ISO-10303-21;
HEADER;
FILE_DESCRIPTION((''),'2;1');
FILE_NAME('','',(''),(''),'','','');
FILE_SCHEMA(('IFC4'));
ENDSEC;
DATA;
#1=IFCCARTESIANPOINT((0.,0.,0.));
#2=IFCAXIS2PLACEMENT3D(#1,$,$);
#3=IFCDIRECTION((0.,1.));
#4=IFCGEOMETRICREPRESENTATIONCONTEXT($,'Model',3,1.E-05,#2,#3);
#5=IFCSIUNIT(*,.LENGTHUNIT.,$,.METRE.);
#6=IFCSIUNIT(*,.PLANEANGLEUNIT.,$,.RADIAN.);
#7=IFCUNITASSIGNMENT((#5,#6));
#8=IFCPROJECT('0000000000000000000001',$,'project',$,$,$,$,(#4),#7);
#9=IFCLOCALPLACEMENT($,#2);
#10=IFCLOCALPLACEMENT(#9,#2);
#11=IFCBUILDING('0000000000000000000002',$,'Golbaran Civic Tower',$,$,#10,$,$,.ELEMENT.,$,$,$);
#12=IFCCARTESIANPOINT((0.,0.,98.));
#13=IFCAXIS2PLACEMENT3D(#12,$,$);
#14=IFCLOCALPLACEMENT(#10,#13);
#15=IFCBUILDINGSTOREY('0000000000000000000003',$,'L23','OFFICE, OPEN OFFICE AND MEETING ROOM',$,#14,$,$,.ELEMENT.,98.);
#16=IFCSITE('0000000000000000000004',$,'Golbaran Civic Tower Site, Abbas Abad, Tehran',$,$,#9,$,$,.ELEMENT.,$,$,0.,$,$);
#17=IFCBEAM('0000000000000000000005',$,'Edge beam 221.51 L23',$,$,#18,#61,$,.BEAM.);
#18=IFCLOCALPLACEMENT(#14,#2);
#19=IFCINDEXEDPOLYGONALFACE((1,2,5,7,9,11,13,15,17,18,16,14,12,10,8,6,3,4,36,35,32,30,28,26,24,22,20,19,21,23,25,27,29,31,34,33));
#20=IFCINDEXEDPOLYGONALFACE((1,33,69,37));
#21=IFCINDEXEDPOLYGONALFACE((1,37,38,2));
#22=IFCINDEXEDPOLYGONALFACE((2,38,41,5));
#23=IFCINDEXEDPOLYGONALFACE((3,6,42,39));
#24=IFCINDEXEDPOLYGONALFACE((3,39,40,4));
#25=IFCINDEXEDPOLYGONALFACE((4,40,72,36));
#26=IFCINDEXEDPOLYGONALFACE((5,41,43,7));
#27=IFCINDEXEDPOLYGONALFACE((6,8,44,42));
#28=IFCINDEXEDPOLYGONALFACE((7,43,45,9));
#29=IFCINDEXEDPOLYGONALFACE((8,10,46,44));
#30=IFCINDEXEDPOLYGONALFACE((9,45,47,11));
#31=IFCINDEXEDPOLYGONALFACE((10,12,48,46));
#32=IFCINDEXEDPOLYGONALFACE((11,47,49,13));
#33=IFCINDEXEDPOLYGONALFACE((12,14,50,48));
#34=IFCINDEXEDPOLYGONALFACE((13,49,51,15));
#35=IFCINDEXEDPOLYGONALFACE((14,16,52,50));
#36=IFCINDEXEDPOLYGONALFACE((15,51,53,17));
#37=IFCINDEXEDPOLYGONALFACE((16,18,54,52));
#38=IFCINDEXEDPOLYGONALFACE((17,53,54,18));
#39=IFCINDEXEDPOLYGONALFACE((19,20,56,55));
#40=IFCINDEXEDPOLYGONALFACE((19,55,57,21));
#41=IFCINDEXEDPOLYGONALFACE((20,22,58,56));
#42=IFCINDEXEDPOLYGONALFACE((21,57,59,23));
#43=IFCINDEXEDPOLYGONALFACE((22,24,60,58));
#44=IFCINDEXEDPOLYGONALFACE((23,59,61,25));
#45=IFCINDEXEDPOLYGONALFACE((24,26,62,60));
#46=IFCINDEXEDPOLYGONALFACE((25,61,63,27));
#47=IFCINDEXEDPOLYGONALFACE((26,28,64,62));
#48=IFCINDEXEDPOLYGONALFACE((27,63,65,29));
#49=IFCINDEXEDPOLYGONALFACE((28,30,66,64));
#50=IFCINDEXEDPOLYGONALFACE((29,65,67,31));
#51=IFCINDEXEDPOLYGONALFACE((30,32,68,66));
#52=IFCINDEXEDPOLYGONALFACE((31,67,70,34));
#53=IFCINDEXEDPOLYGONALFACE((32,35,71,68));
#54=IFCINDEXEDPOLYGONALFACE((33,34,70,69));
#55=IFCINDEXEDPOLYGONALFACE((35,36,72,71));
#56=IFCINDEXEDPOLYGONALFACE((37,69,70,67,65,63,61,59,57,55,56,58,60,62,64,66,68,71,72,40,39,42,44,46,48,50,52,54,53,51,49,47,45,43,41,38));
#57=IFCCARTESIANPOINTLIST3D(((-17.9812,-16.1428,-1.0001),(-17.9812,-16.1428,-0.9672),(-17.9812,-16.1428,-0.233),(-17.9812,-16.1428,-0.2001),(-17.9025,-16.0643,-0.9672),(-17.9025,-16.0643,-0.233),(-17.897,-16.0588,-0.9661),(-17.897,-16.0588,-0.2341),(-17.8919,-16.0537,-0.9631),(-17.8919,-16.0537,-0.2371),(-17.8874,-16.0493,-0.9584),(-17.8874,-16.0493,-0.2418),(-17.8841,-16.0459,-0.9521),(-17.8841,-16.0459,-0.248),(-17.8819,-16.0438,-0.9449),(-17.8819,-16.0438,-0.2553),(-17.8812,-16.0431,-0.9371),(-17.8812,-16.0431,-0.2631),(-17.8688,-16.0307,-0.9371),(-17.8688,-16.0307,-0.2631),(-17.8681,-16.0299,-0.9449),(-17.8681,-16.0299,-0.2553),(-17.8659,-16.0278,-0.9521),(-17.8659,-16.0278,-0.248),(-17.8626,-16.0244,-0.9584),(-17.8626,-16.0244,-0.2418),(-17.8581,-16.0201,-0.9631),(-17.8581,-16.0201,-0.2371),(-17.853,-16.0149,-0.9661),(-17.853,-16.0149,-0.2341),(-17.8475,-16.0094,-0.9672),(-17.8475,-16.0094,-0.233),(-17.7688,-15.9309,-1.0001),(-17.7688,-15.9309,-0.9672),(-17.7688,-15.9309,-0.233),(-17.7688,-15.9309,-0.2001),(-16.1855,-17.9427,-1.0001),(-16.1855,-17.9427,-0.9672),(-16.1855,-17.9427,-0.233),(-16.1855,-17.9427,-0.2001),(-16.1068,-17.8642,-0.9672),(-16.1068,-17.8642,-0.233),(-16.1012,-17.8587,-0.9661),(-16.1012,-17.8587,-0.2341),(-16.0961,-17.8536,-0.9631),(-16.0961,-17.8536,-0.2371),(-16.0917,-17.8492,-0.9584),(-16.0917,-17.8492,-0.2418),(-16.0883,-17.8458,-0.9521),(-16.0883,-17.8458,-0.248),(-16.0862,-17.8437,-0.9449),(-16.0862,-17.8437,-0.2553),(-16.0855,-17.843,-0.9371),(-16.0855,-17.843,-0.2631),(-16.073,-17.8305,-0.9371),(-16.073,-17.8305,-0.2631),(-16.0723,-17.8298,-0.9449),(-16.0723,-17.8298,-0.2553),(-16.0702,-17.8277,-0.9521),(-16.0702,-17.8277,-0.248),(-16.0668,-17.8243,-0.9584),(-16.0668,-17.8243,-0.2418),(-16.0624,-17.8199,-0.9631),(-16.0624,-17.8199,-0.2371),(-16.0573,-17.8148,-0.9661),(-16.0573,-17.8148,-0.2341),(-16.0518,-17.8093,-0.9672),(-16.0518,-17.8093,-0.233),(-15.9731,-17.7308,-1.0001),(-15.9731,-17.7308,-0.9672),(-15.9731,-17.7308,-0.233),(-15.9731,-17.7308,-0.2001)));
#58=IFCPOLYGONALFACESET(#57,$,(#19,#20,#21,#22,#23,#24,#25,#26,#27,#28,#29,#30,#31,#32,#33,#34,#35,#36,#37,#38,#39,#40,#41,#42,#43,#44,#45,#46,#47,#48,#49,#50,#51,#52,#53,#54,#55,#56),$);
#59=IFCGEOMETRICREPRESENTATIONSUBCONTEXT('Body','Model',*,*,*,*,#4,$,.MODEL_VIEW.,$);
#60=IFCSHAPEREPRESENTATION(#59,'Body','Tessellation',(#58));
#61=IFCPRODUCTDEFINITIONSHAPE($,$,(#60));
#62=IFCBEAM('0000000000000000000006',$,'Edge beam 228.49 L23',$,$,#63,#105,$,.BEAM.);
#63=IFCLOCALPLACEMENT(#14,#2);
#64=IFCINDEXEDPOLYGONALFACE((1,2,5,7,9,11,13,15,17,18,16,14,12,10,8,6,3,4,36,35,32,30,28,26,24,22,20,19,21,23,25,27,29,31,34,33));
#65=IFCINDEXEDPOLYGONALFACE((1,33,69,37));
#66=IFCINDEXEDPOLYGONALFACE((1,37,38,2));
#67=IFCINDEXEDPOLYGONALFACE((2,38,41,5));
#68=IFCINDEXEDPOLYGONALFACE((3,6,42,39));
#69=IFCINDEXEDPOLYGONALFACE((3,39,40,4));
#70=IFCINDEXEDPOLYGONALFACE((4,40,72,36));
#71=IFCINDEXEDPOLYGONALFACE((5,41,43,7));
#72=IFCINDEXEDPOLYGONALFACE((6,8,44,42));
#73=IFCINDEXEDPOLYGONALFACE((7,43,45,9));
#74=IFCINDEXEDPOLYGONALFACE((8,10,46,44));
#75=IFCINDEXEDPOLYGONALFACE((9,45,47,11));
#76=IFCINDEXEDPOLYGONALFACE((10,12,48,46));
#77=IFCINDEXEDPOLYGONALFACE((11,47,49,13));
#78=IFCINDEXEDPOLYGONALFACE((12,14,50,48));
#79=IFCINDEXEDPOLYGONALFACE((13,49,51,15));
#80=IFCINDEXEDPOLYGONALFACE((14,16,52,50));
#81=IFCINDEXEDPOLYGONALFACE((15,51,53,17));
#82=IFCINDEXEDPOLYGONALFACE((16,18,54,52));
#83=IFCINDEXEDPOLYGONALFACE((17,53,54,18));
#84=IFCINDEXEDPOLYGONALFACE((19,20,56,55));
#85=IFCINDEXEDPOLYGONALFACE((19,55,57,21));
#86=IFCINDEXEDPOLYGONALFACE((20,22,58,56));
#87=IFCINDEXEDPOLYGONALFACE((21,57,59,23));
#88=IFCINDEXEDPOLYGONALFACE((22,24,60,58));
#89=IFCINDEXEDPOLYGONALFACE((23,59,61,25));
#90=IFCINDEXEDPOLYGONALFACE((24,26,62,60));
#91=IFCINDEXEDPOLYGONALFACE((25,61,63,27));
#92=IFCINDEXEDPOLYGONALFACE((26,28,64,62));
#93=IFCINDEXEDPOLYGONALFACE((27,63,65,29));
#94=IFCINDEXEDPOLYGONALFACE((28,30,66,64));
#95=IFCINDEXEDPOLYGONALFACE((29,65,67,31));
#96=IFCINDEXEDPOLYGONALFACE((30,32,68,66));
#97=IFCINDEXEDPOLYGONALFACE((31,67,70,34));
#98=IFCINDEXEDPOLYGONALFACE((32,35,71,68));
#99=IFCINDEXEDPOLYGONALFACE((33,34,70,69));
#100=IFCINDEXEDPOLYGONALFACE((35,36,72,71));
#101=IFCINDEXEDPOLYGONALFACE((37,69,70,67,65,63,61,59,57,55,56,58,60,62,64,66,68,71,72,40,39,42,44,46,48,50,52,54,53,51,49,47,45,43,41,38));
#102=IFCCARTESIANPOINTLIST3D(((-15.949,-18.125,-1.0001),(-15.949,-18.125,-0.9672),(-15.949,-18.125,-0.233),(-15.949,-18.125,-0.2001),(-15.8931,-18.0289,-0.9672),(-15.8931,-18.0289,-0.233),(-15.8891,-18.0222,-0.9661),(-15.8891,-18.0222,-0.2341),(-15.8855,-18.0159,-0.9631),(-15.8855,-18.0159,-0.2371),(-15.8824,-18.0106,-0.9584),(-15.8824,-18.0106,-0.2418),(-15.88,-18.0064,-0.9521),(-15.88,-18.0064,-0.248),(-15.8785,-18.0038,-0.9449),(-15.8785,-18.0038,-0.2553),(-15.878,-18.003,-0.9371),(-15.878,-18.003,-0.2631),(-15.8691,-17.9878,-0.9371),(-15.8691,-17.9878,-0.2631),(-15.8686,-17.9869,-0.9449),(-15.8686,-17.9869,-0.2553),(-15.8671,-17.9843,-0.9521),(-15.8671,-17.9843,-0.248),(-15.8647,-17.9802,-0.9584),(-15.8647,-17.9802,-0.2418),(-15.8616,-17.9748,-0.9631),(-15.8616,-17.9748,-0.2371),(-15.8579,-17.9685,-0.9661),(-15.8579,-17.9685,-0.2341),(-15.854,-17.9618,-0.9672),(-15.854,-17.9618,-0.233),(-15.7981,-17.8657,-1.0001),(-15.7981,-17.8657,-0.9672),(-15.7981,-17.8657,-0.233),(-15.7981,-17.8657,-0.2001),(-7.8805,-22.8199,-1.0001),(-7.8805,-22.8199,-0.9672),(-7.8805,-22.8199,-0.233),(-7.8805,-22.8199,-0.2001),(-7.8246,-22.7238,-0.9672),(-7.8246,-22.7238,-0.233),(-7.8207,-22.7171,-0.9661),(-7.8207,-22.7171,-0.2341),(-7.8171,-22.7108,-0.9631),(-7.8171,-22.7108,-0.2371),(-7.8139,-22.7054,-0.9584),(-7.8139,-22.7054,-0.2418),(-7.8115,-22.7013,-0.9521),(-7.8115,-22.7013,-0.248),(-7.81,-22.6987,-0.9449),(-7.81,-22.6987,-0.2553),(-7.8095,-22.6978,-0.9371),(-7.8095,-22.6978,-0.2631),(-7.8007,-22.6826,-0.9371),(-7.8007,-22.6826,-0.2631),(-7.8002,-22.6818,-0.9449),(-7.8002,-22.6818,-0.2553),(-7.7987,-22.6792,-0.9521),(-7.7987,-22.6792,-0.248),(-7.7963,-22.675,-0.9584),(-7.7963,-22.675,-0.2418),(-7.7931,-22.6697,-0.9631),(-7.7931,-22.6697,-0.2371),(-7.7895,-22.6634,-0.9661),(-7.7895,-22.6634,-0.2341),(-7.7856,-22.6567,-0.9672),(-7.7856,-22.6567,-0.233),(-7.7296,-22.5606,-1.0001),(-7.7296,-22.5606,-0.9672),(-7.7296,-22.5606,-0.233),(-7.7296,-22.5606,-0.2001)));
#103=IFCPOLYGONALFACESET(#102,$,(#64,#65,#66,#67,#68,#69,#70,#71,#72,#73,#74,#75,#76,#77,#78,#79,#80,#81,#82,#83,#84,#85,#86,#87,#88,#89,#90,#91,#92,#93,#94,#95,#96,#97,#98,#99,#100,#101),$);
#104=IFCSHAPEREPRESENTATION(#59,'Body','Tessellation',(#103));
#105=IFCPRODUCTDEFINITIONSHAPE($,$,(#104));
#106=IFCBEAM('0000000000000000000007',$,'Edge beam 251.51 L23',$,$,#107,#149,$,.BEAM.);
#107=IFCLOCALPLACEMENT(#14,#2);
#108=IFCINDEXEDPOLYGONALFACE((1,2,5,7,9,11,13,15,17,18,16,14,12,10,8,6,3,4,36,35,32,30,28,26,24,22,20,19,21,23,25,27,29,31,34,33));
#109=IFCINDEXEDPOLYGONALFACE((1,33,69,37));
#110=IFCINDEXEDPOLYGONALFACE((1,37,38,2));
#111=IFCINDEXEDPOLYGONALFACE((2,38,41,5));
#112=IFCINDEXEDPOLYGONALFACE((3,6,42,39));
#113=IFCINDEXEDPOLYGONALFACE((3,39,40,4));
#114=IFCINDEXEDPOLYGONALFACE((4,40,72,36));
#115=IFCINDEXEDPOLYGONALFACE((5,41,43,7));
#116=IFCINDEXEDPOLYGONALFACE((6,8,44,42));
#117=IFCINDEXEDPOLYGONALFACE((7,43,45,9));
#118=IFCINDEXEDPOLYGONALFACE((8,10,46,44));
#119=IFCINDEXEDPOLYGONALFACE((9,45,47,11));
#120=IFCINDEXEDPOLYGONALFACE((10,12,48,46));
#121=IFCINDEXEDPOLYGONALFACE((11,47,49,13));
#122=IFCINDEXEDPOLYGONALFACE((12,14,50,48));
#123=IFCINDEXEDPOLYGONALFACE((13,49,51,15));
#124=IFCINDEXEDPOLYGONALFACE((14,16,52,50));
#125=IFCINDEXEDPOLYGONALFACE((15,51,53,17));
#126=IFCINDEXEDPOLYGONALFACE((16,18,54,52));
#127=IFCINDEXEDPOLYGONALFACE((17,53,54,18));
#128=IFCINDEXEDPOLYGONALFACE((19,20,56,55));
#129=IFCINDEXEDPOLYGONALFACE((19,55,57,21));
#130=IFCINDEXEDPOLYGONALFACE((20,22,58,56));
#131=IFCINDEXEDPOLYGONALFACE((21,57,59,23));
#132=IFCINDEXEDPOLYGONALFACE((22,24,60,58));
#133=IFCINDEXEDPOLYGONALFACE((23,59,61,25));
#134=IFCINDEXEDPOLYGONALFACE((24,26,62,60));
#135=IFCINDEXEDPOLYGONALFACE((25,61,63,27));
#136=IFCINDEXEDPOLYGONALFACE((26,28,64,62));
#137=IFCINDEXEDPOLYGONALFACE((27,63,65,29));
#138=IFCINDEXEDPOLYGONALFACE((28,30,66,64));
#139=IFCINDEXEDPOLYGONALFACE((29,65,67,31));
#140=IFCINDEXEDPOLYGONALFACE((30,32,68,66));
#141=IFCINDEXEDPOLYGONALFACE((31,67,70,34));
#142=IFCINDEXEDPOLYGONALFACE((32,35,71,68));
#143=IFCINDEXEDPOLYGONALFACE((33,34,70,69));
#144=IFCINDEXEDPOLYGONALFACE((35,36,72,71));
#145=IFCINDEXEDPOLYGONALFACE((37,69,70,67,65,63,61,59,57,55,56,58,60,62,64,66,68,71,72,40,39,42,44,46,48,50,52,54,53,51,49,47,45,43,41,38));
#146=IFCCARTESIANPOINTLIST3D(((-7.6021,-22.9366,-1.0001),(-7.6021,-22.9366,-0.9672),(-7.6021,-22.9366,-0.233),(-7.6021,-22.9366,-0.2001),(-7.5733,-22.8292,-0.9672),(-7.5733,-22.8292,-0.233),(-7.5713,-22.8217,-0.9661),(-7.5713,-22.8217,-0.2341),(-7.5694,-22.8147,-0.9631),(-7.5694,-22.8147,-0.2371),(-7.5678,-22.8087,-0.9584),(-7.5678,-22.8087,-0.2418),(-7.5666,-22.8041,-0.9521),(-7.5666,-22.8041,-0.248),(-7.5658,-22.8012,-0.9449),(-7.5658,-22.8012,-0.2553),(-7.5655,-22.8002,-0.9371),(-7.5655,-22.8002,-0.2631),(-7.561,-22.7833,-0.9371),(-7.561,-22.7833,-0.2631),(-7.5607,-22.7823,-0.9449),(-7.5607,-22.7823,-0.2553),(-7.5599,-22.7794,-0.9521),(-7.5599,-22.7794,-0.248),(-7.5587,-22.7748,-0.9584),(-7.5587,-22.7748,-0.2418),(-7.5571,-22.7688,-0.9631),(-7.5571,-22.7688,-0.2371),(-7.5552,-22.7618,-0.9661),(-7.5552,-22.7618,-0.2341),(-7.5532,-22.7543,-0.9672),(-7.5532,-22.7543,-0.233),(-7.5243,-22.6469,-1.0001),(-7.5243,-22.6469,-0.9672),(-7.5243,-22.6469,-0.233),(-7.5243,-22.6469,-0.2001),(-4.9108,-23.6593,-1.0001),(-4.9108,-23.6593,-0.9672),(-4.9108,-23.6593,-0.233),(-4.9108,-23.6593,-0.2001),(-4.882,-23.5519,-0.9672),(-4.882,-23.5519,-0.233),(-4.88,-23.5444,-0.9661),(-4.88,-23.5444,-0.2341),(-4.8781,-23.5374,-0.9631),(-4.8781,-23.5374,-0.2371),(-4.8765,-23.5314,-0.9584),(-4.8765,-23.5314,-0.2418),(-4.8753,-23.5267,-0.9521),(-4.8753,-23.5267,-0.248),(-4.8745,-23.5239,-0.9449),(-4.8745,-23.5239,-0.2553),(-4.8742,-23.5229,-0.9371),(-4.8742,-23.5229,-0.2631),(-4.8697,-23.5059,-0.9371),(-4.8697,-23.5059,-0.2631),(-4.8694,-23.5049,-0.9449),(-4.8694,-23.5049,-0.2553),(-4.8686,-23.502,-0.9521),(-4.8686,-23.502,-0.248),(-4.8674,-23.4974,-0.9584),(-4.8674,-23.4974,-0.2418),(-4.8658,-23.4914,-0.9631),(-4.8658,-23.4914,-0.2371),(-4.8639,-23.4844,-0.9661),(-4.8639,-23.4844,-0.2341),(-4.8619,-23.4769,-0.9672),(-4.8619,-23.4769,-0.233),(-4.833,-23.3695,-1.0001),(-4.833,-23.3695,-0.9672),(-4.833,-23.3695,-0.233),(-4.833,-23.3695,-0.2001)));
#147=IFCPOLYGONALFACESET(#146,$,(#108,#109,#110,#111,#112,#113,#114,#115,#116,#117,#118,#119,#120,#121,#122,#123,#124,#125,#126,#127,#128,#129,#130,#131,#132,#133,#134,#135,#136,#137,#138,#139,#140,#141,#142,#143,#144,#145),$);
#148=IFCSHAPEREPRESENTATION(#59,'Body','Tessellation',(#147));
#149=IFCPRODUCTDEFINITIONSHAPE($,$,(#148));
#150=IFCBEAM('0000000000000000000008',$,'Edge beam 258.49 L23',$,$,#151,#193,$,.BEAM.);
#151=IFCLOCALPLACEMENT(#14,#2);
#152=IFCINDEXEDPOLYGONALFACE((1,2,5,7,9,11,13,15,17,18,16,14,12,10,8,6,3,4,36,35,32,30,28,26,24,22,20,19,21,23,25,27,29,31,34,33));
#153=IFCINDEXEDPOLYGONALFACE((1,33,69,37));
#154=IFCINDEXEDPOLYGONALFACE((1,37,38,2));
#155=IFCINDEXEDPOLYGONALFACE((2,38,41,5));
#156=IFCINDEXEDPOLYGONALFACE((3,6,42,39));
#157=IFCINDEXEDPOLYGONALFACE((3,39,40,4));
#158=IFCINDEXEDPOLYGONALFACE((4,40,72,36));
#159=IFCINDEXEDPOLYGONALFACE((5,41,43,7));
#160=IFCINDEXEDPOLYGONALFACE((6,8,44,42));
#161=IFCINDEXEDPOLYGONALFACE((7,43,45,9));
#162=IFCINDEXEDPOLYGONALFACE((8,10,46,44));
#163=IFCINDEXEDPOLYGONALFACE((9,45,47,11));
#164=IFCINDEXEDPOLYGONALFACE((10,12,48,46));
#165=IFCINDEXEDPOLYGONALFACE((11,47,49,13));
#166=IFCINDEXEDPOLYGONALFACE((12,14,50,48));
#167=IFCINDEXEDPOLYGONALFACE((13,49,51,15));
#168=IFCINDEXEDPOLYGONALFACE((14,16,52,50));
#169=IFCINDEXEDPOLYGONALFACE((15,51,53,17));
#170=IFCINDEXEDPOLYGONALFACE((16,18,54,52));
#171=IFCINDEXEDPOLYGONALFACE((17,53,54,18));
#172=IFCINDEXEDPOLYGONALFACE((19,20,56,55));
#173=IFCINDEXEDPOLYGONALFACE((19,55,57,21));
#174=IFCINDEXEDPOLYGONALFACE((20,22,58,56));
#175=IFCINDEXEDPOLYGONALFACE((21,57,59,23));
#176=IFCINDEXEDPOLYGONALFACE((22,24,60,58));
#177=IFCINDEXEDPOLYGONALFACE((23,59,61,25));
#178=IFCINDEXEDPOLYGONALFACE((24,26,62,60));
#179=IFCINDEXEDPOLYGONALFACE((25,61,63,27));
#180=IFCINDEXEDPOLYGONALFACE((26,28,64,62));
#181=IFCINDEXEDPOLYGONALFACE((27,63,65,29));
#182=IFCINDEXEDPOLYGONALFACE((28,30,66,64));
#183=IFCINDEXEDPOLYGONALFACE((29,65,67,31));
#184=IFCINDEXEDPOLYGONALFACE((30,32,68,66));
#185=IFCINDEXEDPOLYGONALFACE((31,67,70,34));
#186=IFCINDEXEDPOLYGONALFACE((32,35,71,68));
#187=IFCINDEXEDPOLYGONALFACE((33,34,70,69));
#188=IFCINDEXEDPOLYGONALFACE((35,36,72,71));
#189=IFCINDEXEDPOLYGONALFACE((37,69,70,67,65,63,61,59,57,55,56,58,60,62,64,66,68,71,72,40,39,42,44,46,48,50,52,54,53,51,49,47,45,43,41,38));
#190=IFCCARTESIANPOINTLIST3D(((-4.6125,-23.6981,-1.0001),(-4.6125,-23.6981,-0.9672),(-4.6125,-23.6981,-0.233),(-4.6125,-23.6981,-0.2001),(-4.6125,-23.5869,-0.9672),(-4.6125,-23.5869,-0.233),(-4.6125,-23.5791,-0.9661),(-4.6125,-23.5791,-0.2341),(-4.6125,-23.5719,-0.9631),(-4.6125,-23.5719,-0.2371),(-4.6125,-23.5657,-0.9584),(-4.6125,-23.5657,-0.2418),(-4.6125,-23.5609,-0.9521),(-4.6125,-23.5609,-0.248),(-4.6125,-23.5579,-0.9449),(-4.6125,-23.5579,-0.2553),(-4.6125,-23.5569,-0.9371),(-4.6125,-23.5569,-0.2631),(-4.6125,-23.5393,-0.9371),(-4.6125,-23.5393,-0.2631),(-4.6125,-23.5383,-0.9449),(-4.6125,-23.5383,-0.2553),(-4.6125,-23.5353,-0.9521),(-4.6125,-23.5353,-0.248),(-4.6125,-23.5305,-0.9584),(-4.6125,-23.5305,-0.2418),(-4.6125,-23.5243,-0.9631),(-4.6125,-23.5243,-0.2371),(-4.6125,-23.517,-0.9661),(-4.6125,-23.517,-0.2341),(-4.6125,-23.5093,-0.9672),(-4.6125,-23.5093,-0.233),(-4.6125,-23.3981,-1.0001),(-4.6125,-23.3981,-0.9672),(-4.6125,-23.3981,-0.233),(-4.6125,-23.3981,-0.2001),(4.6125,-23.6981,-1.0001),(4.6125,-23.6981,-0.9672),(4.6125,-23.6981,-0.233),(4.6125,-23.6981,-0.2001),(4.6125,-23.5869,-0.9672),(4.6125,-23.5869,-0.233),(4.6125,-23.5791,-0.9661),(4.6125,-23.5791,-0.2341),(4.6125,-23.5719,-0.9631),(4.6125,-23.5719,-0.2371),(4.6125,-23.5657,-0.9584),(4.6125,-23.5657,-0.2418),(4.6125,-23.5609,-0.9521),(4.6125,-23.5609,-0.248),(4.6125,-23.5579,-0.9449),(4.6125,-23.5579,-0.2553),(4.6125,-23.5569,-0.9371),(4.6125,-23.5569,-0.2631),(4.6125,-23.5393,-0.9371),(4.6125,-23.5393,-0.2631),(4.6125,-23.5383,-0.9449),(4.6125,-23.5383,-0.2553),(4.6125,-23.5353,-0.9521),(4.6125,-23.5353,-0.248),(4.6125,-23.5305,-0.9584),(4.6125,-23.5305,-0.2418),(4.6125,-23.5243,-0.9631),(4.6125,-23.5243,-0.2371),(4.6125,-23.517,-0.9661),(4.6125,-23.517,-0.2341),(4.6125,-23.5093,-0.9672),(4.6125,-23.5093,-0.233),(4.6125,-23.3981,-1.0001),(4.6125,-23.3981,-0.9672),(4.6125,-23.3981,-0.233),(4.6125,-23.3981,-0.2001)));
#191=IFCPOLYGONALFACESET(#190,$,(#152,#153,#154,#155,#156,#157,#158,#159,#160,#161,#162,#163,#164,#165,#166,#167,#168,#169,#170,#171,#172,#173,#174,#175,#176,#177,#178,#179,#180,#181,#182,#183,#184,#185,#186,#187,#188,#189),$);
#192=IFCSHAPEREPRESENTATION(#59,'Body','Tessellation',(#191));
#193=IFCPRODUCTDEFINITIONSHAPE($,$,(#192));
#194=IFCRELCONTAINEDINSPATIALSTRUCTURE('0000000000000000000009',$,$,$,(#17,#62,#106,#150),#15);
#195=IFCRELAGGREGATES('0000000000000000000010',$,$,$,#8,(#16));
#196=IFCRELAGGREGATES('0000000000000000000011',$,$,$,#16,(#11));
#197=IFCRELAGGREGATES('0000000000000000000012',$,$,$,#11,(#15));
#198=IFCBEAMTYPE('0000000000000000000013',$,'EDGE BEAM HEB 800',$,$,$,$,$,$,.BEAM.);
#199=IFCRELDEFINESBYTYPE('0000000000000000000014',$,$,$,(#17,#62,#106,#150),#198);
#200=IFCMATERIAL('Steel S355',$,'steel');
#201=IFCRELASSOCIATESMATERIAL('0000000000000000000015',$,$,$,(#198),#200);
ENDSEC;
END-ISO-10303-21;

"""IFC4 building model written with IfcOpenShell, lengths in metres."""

from ifc_helpers import new_model, si_unit, direction, frame, origin, origin_2d, place, context, subcontext, project, spatial, i_section, extrude, material, material_profile, profile_set, type_object, element, save


model = new_model("IFC4")

# Units and contexts
model_context = context("Model", 3, precision=1e-05, world=origin(), true_north=direction((0.0, 1.0)))
body_context = subcontext(model_context, "Body", "Model", "MODEL_VIEW")
ifc_project = project(units=[si_unit("LENGTHUNIT", "METRE"), si_unit("PLANEANGLEUNIT", "RADIAN")], contexts=[model_context])

# Site, building, storey
site_placement = place(None, origin())
site = spatial("IfcSite", under=ifc_project, at=site_placement, Name="Golbaran Civic Tower Site, Abbas Abad, Tehran", CompositionType="ELEMENT", RefElevation=0.0)
building_placement = place(site_placement, origin())
building = spatial("IfcBuilding", under=site, at=building_placement, Name="Golbaran Civic Tower", CompositionType="ELEMENT")
storey_placement = place(building_placement, frame((0.0, 0.0, 98.0)))
storey = spatial("IfcBuildingStorey", under=building, at=storey_placement, Name="L23", Description="OFFICE, OPEN OFFICE AND MEETING ROOM", CompositionType="ELEMENT", Elevation=98.0)

# Beams
ifc_material_1 = material(Name="Steel S355", Category="steel")
ifc_material_profile_1 = material_profile(ifc_material_1, i_section(OverallWidth=0.3, OverallDepth=0.8, WebThickness=0.0176, FlangeThickness=0.033, FilletRadius=0.03, at=origin_2d()), Name="HEB 800")
ifc_profile_set_1 = profile_set([ifc_material_profile_1], Name="Steel S355")
beam_type_1 = type_object("IfcBeamType", Name="EDGE BEAM HEB 800", PredefinedType="BEAM", material=ifc_profile_set_1)
beam_1_placement = place(storey_placement, frame((-17.875, -16.0369, -0.6001), z_axis=(0.70629, -0.707923, 0.0), x_axis=(0.707923, 0.70629, 0.0)))
element("IfcBeam", 1, at=beam_1_placement, inside=storey, type_object=beam_type_1, Name="Edge beam 221.51 L23", PredefinedType="BEAM", context=body_context, shape_type="SweptSolid", body=[
    extrude(i_section(OverallWidth=0.3, OverallDepth=0.8, WebThickness=0.0176, FlangeThickness=0.033, FilletRadius=0.03, at=origin_2d()), origin(), (0.0, 0.0, 1.0), 2.5425),
])
beam_2_placement = place(storey_placement, frame((-15.8735, -17.9954, -0.6001), z_axis=(0.864325, -0.502934, 0.0), x_axis=(0.502934, 0.864325, 0.0)))
element("IfcBeam", 2, at=beam_2_placement, inside=storey, type_object=beam_type_1, Name="Edge beam 228.49 L23", PredefinedType="BEAM", context=body_context, shape_type="SweptSolid", body=[
    extrude(i_section(OverallWidth=0.3, OverallDepth=0.8, WebThickness=0.0176, FlangeThickness=0.033, FilletRadius=0.03, at=origin_2d()), origin(), (0.0, 0.0, 1.0), 9.335),
])
beam_3_placement = place(storey_placement, frame((-7.5632, -22.7917, -0.6001), z_axis=(0.965791, -0.25932, 0.0), x_axis=(0.25932, 0.965791, 0.0)))
element("IfcBeam", 3, at=beam_3_placement, inside=storey, type_object=beam_type_1, Name="Edge beam 251.51 L23", PredefinedType="BEAM", context=body_context, shape_type="SweptSolid", body=[
    extrude(i_section(OverallWidth=0.3, OverallDepth=0.8, WebThickness=0.0176, FlangeThickness=0.033, FilletRadius=0.03, at=origin_2d()), origin(), (0.0, 0.0, 1.0), 2.7866),
])
beam_4_placement = place(storey_placement, frame((-4.6125, -23.5481, -0.6001), z_axis=(1.0, 0.0, 0.0), x_axis=(0.0, 1.0, 0.0)))
element("IfcBeam", 4, at=beam_4_placement, inside=storey, type_object=beam_type_1, Name="Edge beam 258.49 L23", PredefinedType="BEAM", context=body_context, shape_type="SweptSolid", body=[
    extrude(i_section(OverallWidth=0.3, OverallDepth=0.8, WebThickness=0.0176, FlangeThickness=0.033, FilletRadius=0.03, at=origin_2d()), origin(), (0.0, 0.0, 1.0), 9.2251),
])

save(model, "model.ifc")
